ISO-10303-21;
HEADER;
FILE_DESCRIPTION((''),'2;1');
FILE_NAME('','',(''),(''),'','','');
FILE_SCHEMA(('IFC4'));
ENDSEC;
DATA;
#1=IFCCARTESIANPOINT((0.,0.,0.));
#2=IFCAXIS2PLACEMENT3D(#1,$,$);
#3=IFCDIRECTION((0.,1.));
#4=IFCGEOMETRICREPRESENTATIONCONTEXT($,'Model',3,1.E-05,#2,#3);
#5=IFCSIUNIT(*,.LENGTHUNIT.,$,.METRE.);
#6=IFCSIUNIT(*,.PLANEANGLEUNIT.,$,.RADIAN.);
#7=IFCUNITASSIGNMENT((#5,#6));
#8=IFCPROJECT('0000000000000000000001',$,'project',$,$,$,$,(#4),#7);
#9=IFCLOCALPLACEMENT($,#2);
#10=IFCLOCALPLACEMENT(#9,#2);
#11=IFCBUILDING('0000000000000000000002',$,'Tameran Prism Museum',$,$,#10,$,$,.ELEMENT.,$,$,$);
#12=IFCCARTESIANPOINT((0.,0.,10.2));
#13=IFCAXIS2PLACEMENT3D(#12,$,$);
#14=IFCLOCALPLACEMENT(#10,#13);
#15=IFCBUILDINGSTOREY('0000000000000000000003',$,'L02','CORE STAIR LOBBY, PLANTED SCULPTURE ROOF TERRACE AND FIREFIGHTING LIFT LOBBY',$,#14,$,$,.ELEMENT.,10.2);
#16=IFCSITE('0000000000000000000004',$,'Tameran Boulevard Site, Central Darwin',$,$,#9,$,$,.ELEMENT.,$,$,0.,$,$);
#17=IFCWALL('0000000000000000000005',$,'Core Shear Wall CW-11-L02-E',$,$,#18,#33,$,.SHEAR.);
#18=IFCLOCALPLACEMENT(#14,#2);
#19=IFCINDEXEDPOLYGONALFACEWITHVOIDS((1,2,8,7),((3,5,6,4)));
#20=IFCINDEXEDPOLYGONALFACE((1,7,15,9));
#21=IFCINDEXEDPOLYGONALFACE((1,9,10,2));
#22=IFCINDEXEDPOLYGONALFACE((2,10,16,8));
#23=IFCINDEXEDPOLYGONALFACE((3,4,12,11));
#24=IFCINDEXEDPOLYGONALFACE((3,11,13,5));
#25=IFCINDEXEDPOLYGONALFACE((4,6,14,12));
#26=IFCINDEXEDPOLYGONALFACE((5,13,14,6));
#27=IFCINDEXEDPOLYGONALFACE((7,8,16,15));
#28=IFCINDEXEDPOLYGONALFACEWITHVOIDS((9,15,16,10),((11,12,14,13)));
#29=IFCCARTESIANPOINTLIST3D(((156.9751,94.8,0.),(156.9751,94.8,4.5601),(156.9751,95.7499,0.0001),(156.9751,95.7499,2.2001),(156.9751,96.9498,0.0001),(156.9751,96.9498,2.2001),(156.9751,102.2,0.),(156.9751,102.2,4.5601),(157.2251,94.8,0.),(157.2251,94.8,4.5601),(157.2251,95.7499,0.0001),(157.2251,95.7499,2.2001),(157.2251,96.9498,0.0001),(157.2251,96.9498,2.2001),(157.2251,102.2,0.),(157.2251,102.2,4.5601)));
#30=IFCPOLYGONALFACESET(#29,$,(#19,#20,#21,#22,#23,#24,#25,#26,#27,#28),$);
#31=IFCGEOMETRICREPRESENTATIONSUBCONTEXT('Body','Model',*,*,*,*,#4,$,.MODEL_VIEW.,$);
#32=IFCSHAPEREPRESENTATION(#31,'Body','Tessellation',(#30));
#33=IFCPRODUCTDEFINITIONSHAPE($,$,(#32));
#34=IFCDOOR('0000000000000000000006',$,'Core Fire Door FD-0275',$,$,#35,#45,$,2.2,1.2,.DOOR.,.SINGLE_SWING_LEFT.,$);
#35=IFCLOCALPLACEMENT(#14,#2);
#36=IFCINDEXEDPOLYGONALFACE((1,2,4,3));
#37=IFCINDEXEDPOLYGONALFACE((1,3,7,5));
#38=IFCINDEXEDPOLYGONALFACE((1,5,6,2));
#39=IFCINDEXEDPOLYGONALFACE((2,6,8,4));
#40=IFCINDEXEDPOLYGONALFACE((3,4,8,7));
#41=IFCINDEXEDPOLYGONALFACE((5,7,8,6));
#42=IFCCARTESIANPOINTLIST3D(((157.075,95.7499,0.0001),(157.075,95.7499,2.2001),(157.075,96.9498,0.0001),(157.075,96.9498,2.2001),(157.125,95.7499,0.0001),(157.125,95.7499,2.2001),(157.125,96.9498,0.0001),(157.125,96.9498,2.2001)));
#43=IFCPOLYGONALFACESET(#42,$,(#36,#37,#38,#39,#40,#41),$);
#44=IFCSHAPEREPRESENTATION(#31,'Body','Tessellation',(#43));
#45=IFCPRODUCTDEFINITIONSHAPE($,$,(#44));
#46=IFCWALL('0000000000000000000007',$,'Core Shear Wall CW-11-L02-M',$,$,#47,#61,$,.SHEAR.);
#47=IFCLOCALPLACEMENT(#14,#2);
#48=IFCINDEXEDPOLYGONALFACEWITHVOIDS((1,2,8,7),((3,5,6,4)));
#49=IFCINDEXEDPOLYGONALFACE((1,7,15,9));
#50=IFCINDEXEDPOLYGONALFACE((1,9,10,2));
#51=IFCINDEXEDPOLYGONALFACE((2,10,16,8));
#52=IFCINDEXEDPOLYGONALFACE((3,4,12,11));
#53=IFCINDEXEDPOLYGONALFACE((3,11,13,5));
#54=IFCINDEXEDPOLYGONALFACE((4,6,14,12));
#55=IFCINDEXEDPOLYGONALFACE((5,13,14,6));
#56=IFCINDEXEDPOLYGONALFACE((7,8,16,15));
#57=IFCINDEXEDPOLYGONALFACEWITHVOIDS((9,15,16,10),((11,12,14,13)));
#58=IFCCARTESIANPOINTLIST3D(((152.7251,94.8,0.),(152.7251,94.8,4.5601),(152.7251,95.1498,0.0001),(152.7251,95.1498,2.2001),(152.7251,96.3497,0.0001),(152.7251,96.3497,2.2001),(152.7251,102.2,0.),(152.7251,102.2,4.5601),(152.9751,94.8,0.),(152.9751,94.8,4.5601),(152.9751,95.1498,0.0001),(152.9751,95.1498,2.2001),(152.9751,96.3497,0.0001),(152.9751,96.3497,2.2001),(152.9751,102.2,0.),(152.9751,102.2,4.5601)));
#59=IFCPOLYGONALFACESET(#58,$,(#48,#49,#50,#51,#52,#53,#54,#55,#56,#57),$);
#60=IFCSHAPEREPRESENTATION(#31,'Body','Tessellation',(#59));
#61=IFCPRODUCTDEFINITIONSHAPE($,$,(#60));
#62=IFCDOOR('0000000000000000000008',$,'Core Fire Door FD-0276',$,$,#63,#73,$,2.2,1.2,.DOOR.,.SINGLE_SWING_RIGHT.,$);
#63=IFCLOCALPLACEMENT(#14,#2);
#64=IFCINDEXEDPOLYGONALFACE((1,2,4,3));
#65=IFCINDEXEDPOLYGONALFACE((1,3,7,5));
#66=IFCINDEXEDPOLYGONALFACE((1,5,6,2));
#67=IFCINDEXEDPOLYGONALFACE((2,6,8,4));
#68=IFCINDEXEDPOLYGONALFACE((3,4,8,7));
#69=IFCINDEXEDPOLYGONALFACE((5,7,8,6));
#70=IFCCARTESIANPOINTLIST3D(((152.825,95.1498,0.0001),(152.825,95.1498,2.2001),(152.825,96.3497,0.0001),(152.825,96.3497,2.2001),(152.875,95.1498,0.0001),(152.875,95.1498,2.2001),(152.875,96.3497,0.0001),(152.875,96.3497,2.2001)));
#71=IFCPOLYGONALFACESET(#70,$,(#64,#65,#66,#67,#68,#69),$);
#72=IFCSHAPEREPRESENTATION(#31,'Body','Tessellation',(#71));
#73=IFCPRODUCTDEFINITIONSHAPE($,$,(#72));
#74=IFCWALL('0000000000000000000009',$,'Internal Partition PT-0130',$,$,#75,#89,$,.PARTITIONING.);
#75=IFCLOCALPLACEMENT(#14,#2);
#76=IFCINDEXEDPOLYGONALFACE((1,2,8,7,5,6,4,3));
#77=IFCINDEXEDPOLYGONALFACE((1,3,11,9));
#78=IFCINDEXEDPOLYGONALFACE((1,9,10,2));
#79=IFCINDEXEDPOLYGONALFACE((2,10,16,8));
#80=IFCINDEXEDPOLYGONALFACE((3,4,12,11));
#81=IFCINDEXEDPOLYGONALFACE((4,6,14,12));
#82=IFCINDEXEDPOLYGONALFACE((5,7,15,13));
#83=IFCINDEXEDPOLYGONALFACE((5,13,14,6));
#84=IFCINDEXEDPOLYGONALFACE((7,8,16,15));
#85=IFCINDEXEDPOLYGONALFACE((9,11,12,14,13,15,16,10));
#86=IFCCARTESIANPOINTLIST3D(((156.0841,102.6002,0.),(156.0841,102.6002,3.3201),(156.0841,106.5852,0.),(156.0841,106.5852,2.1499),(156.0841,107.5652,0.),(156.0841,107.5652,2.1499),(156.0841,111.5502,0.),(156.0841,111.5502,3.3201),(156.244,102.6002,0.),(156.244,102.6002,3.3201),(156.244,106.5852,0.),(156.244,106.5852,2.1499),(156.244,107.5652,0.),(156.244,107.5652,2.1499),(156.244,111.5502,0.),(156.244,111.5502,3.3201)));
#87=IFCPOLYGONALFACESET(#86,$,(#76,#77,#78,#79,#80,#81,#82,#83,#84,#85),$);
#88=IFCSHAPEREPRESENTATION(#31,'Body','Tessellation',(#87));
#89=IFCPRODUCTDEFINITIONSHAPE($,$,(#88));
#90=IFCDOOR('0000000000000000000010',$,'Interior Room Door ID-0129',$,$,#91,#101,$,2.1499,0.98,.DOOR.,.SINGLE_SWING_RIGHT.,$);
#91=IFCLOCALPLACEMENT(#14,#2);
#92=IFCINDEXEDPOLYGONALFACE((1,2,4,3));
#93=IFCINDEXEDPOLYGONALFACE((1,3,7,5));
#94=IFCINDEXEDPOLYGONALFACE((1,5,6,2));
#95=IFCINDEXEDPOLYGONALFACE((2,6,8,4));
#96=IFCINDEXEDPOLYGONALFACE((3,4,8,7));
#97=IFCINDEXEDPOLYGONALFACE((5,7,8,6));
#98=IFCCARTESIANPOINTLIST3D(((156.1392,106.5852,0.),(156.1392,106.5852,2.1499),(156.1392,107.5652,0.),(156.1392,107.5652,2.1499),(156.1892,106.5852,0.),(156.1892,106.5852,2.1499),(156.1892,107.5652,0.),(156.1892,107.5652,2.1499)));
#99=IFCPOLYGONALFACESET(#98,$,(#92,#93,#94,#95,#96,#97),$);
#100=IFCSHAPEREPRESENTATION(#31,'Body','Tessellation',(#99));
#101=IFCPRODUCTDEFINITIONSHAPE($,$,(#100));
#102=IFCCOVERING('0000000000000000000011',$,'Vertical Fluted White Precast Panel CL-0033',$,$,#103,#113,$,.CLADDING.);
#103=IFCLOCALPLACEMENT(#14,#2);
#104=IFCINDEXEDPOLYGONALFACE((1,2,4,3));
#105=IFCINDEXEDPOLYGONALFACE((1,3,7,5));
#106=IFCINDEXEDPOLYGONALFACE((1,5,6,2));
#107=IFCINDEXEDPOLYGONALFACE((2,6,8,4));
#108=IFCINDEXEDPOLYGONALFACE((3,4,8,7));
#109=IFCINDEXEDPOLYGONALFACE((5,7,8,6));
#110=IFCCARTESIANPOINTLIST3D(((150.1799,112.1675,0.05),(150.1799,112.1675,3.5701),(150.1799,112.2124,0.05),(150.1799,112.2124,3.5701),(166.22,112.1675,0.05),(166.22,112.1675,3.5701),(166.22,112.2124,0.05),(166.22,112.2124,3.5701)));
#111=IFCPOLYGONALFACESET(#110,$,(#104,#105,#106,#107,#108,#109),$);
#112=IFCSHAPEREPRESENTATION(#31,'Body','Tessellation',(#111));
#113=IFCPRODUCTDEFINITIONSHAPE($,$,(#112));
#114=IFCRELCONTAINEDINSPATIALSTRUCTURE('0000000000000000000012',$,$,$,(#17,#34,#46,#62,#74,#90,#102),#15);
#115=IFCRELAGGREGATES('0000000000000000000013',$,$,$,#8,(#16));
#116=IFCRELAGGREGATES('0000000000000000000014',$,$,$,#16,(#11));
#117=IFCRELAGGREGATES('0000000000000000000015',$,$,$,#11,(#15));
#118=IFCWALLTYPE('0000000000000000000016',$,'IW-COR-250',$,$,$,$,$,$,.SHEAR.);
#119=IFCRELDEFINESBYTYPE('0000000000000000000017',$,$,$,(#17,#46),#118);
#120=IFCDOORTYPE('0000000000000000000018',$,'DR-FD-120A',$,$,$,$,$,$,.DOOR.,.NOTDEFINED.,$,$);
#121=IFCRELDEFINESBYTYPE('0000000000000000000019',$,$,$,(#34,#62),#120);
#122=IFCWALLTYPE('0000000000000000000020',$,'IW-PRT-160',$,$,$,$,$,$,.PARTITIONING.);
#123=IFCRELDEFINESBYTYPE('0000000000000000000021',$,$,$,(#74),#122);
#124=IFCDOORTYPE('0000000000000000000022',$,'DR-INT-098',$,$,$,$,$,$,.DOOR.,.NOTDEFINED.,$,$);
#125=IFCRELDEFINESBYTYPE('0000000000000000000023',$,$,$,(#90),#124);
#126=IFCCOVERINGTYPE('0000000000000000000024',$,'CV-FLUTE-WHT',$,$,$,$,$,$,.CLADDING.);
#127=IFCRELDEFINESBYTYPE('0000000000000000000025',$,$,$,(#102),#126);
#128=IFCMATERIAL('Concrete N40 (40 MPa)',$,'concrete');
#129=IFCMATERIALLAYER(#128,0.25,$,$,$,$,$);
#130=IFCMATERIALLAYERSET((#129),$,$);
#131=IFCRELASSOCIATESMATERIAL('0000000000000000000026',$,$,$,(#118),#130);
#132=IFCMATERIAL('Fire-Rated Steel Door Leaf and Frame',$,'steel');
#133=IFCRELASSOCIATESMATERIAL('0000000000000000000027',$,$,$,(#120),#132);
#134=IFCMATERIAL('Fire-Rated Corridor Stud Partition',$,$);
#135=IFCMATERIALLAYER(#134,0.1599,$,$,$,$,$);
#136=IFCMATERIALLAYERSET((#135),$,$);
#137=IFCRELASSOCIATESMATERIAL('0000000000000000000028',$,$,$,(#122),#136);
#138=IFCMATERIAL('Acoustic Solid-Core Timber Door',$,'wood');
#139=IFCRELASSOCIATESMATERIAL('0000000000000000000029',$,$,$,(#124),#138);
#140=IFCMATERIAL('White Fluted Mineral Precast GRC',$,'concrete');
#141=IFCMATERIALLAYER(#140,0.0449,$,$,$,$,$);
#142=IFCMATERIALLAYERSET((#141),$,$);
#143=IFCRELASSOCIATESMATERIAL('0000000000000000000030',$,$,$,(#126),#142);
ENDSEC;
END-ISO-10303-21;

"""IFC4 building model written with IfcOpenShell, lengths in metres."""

from ifc_helpers import new_model, si_unit, direction, frame, frame_2d, origin, place, context, subcontext, project, spatial, rectangle, extrude, material, layer, layer_set, type_object, element, fill, save


model = new_model("IFC4")

# Units and contexts
model_context = context("Model", 3, precision=1e-05, world=origin(), true_north=direction((0.0, 1.0)))
body_context = subcontext(model_context, "Body", "Model", "MODEL_VIEW")
ifc_project = project(units=[si_unit("LENGTHUNIT", "METRE"), si_unit("PLANEANGLEUNIT", "RADIAN")], contexts=[model_context])

# Site, building, storey
site_placement = place(None, origin())
site = spatial("IfcSite", under=ifc_project, at=site_placement, Name="Tameran Boulevard Site, Central Darwin", CompositionType="ELEMENT", RefElevation=0.0)
building_placement = place(site_placement, origin())
building = spatial("IfcBuilding", under=site, at=building_placement, Name="Tameran Prism Museum", CompositionType="ELEMENT")
storey_placement = place(building_placement, frame((0.0, 0.0, 10.2)))
storey = spatial("IfcBuildingStorey", under=building, at=storey_placement, Name="L02", Description="CORE STAIR LOBBY, PLANTED SCULPTURE ROOF TERRACE AND FIREFIGHTING LIFT LOBBY", CompositionType="ELEMENT", Elevation=10.2)

# Shared definitions
ifc_material_1 = material(Name="Concrete N40 (40 MPa)", Category="concrete")
ifc_layer_1 = layer(ifc_material_1, 0.25)
ifc_layer_set_1 = layer_set([ifc_layer_1])
wall_type_1 = type_object("IfcWallType", Name="IW-COR-250", PredefinedType="SHEAR", material=ifc_layer_set_1)

# Walls, openings, doors
wall_1_placement = place(storey_placement, frame((157.1001, 102.2, 0.0), z_axis=(0.0, 0.0, 1.0), x_axis=(0.0, -1.0, 0.0)))
wall_1 = element("IfcWall", 1, at=wall_1_placement, inside=storey, type_object=wall_type_1, Name="Core Shear Wall CW-11-L02-E", PredefinedType="SHEAR", context=body_context, shape_type="SweptSolid", body=[
    extrude(rectangle(XDim=7.3999, YDim=0.25, at=frame_2d((3.7, 0.0))), origin(), (0.0, 0.0, 1.0), 4.5601),
])
opening_1_placement = place(wall_1_placement, frame((5.25, 0.0, 0.0)))
opening_1 = element("IfcOpeningElement", 2, at=opening_1_placement, cuts=wall_1, PredefinedType="OPENING", context=body_context, shape_type="SweptSolid", body=[
    extrude(rectangle(XDim=1.2, YDim=2.2, at=frame_2d((0.6001, 1.1001))), frame((0.0, 0.135, 0.0), z_axis=(0.0, -1.0, 0.0), x_axis=(1.0, 0.0, 0.0)), (0.0, 0.0, 1.0), 0.27),
])
ifc_material_2 = material(Name="Fire-Rated Steel Door Leaf and Frame", Category="steel")
door_type_1 = type_object("IfcDoorType", Name="DR-FD-120A", OperationType="NOTDEFINED", PredefinedType="DOOR", material=ifc_material_2)
door_1_placement = place(opening_1_placement, origin())
door_1 = element("IfcDoor", 3, at=door_1_placement, inside=storey, type_object=door_type_1, Name="Core Fire Door FD-0275", OperationType="SINGLE_SWING_LEFT", OverallHeight=2.2, OverallWidth=1.2, PredefinedType="DOOR", context=body_context, shape_type="SweptSolid", body=[
    extrude(rectangle(XDim=1.2, YDim=2.2, at=frame_2d((0.6001, 1.1001))), frame((0.0, 0.0249, 0.0), z_axis=(0.0, -1.0, 0.0), x_axis=(1.0, 0.0, 0.0)), (0.0, 0.0, 1.0), 0.05),
])
fill(opening_1, door_1)
wall_2_placement = place(storey_placement, frame((152.8501, 102.2, 0.0), z_axis=(0.0, 0.0, 1.0), x_axis=(0.0, -1.0, 0.0)))
wall_2 = element("IfcWall", 4, at=wall_2_placement, inside=storey, type_object=wall_type_1, Name="Core Shear Wall CW-11-L02-M", PredefinedType="SHEAR", context=body_context, shape_type="SweptSolid", body=[
    extrude(rectangle(XDim=7.3999, YDim=0.25, at=frame_2d((3.7, 0.0))), origin(), (0.0, 0.0, 1.0), 4.5601),
])
opening_2_placement = place(wall_2_placement, frame((5.8501, 0.0, 0.0)))
opening_2 = element("IfcOpeningElement", 5, at=opening_2_placement, cuts=wall_2, PredefinedType="OPENING", context=body_context, shape_type="SweptSolid", body=[
    extrude(rectangle(XDim=1.2, YDim=2.2, at=frame_2d((0.6001, 1.1001))), frame((0.0, 0.135, 0.0), z_axis=(0.0, -1.0, 0.0), x_axis=(1.0, 0.0, 0.0)), (0.0, 0.0, 1.0), 0.27),
])
door_2_placement = place(opening_2_placement, origin())
door_2 = element("IfcDoor", 6, at=door_2_placement, inside=storey, type_object=door_type_1, Name="Core Fire Door FD-0276", OperationType="SINGLE_SWING_RIGHT", OverallHeight=2.2, OverallWidth=1.2, PredefinedType="DOOR", context=body_context, shape_type="SweptSolid", body=[
    extrude(rectangle(XDim=1.2, YDim=2.2, at=frame_2d((0.6001, 1.1001))), frame((0.0, 0.0249, 0.0), z_axis=(0.0, -1.0, 0.0), x_axis=(1.0, 0.0, 0.0)), (0.0, 0.0, 1.0), 0.05),
])
fill(opening_2, door_2)
ifc_material_3 = material(Name="Fire-Rated Corridor Stud Partition")
ifc_layer_2 = layer(ifc_material_3, 0.1599)
ifc_layer_set_2 = layer_set([ifc_layer_2])
wall_type_2 = type_object("IfcWallType", Name="IW-PRT-160", PredefinedType="PARTITIONING", material=ifc_layer_set_2)
wall_3_placement = place(storey_placement, frame((156.1641, 102.6001, 0.0), z_axis=(0.0, 0.0, 1.0), x_axis=(0.0, 1.0, 0.0)))
wall_3 = element("IfcWall", 7, at=wall_3_placement, inside=storey, type_object=wall_type_2, Name="Internal Partition PT-0130", PredefinedType="PARTITIONING", context=body_context, shape_type="SweptSolid", body=[
    extrude(rectangle(XDim=8.95, YDim=0.1599, at=frame_2d((4.4751, 0.0))), origin(), (0.0, 0.0, 1.0), 3.3201),
])
opening_3_placement = place(wall_3_placement, frame((3.9851, 0.0, 0.0)))
opening_3 = element("IfcOpeningElement", 8, at=opening_3_placement, cuts=wall_3, PredefinedType="OPENING", context=body_context, shape_type="SweptSolid", body=[
    extrude(rectangle(XDim=0.98, YDim=2.1499, at=frame_2d((0.49, 1.075))), frame((0.0, 0.0898, 0.0), z_axis=(0.0, -1.0, 0.0), x_axis=(1.0, 0.0, 0.0)), (0.0, 0.0, 1.0), 0.1799),
])
ifc_material_4 = material(Name="Acoustic Solid-Core Timber Door", Category="wood")
door_type_2 = type_object("IfcDoorType", Name="DR-INT-098", OperationType="NOTDEFINED", PredefinedType="DOOR", material=ifc_material_4)
door_3_placement = place(opening_3_placement, origin())
door_3 = element("IfcDoor", 9, at=door_3_placement, inside=storey, type_object=door_type_2, Name="Interior Room Door ID-0129", OperationType="SINGLE_SWING_RIGHT", OverallHeight=2.1499, OverallWidth=0.98, PredefinedType="DOOR", context=body_context, shape_type="SweptSolid", body=[
    extrude(rectangle(XDim=0.98, YDim=2.1499, at=frame_2d((0.49, 1.075))), frame((0.0, 0.0249, 0.0), z_axis=(0.0, -1.0, 0.0), x_axis=(1.0, 0.0, 0.0)), (0.0, 0.0, 1.0), 0.05),
])
fill(opening_3, door_3)

# Covering
ifc_material_5 = material(Name="White Fluted Mineral Precast GRC", Category="concrete")
ifc_layer_3 = layer(ifc_material_5, 0.0449)
ifc_layer_set_3 = layer_set([ifc_layer_3])
covering_type = type_object("IfcCoveringType", Name="CV-FLUTE-WHT", PredefinedType="CLADDING", material=ifc_layer_set_3)
covering_placement = place(storey_placement, frame((150.1799, 112.1899, 0.05), z_axis=(0.0, 0.0, 1.0), x_axis=(1.0, 0.0, 0.0)))
element("IfcCovering", 10, at=covering_placement, inside=storey, type_object=covering_type, Name="Vertical Fluted White Precast Panel CL-0033", PredefinedType="CLADDING", context=body_context, shape_type="SweptSolid", body=[
    extrude(rectangle(XDim=16.04, YDim=0.0449, at=frame_2d((8.02, 0.0))), origin(), (0.0, 0.0, 1.0), 3.52),
])

save(model, "model.ifc")
